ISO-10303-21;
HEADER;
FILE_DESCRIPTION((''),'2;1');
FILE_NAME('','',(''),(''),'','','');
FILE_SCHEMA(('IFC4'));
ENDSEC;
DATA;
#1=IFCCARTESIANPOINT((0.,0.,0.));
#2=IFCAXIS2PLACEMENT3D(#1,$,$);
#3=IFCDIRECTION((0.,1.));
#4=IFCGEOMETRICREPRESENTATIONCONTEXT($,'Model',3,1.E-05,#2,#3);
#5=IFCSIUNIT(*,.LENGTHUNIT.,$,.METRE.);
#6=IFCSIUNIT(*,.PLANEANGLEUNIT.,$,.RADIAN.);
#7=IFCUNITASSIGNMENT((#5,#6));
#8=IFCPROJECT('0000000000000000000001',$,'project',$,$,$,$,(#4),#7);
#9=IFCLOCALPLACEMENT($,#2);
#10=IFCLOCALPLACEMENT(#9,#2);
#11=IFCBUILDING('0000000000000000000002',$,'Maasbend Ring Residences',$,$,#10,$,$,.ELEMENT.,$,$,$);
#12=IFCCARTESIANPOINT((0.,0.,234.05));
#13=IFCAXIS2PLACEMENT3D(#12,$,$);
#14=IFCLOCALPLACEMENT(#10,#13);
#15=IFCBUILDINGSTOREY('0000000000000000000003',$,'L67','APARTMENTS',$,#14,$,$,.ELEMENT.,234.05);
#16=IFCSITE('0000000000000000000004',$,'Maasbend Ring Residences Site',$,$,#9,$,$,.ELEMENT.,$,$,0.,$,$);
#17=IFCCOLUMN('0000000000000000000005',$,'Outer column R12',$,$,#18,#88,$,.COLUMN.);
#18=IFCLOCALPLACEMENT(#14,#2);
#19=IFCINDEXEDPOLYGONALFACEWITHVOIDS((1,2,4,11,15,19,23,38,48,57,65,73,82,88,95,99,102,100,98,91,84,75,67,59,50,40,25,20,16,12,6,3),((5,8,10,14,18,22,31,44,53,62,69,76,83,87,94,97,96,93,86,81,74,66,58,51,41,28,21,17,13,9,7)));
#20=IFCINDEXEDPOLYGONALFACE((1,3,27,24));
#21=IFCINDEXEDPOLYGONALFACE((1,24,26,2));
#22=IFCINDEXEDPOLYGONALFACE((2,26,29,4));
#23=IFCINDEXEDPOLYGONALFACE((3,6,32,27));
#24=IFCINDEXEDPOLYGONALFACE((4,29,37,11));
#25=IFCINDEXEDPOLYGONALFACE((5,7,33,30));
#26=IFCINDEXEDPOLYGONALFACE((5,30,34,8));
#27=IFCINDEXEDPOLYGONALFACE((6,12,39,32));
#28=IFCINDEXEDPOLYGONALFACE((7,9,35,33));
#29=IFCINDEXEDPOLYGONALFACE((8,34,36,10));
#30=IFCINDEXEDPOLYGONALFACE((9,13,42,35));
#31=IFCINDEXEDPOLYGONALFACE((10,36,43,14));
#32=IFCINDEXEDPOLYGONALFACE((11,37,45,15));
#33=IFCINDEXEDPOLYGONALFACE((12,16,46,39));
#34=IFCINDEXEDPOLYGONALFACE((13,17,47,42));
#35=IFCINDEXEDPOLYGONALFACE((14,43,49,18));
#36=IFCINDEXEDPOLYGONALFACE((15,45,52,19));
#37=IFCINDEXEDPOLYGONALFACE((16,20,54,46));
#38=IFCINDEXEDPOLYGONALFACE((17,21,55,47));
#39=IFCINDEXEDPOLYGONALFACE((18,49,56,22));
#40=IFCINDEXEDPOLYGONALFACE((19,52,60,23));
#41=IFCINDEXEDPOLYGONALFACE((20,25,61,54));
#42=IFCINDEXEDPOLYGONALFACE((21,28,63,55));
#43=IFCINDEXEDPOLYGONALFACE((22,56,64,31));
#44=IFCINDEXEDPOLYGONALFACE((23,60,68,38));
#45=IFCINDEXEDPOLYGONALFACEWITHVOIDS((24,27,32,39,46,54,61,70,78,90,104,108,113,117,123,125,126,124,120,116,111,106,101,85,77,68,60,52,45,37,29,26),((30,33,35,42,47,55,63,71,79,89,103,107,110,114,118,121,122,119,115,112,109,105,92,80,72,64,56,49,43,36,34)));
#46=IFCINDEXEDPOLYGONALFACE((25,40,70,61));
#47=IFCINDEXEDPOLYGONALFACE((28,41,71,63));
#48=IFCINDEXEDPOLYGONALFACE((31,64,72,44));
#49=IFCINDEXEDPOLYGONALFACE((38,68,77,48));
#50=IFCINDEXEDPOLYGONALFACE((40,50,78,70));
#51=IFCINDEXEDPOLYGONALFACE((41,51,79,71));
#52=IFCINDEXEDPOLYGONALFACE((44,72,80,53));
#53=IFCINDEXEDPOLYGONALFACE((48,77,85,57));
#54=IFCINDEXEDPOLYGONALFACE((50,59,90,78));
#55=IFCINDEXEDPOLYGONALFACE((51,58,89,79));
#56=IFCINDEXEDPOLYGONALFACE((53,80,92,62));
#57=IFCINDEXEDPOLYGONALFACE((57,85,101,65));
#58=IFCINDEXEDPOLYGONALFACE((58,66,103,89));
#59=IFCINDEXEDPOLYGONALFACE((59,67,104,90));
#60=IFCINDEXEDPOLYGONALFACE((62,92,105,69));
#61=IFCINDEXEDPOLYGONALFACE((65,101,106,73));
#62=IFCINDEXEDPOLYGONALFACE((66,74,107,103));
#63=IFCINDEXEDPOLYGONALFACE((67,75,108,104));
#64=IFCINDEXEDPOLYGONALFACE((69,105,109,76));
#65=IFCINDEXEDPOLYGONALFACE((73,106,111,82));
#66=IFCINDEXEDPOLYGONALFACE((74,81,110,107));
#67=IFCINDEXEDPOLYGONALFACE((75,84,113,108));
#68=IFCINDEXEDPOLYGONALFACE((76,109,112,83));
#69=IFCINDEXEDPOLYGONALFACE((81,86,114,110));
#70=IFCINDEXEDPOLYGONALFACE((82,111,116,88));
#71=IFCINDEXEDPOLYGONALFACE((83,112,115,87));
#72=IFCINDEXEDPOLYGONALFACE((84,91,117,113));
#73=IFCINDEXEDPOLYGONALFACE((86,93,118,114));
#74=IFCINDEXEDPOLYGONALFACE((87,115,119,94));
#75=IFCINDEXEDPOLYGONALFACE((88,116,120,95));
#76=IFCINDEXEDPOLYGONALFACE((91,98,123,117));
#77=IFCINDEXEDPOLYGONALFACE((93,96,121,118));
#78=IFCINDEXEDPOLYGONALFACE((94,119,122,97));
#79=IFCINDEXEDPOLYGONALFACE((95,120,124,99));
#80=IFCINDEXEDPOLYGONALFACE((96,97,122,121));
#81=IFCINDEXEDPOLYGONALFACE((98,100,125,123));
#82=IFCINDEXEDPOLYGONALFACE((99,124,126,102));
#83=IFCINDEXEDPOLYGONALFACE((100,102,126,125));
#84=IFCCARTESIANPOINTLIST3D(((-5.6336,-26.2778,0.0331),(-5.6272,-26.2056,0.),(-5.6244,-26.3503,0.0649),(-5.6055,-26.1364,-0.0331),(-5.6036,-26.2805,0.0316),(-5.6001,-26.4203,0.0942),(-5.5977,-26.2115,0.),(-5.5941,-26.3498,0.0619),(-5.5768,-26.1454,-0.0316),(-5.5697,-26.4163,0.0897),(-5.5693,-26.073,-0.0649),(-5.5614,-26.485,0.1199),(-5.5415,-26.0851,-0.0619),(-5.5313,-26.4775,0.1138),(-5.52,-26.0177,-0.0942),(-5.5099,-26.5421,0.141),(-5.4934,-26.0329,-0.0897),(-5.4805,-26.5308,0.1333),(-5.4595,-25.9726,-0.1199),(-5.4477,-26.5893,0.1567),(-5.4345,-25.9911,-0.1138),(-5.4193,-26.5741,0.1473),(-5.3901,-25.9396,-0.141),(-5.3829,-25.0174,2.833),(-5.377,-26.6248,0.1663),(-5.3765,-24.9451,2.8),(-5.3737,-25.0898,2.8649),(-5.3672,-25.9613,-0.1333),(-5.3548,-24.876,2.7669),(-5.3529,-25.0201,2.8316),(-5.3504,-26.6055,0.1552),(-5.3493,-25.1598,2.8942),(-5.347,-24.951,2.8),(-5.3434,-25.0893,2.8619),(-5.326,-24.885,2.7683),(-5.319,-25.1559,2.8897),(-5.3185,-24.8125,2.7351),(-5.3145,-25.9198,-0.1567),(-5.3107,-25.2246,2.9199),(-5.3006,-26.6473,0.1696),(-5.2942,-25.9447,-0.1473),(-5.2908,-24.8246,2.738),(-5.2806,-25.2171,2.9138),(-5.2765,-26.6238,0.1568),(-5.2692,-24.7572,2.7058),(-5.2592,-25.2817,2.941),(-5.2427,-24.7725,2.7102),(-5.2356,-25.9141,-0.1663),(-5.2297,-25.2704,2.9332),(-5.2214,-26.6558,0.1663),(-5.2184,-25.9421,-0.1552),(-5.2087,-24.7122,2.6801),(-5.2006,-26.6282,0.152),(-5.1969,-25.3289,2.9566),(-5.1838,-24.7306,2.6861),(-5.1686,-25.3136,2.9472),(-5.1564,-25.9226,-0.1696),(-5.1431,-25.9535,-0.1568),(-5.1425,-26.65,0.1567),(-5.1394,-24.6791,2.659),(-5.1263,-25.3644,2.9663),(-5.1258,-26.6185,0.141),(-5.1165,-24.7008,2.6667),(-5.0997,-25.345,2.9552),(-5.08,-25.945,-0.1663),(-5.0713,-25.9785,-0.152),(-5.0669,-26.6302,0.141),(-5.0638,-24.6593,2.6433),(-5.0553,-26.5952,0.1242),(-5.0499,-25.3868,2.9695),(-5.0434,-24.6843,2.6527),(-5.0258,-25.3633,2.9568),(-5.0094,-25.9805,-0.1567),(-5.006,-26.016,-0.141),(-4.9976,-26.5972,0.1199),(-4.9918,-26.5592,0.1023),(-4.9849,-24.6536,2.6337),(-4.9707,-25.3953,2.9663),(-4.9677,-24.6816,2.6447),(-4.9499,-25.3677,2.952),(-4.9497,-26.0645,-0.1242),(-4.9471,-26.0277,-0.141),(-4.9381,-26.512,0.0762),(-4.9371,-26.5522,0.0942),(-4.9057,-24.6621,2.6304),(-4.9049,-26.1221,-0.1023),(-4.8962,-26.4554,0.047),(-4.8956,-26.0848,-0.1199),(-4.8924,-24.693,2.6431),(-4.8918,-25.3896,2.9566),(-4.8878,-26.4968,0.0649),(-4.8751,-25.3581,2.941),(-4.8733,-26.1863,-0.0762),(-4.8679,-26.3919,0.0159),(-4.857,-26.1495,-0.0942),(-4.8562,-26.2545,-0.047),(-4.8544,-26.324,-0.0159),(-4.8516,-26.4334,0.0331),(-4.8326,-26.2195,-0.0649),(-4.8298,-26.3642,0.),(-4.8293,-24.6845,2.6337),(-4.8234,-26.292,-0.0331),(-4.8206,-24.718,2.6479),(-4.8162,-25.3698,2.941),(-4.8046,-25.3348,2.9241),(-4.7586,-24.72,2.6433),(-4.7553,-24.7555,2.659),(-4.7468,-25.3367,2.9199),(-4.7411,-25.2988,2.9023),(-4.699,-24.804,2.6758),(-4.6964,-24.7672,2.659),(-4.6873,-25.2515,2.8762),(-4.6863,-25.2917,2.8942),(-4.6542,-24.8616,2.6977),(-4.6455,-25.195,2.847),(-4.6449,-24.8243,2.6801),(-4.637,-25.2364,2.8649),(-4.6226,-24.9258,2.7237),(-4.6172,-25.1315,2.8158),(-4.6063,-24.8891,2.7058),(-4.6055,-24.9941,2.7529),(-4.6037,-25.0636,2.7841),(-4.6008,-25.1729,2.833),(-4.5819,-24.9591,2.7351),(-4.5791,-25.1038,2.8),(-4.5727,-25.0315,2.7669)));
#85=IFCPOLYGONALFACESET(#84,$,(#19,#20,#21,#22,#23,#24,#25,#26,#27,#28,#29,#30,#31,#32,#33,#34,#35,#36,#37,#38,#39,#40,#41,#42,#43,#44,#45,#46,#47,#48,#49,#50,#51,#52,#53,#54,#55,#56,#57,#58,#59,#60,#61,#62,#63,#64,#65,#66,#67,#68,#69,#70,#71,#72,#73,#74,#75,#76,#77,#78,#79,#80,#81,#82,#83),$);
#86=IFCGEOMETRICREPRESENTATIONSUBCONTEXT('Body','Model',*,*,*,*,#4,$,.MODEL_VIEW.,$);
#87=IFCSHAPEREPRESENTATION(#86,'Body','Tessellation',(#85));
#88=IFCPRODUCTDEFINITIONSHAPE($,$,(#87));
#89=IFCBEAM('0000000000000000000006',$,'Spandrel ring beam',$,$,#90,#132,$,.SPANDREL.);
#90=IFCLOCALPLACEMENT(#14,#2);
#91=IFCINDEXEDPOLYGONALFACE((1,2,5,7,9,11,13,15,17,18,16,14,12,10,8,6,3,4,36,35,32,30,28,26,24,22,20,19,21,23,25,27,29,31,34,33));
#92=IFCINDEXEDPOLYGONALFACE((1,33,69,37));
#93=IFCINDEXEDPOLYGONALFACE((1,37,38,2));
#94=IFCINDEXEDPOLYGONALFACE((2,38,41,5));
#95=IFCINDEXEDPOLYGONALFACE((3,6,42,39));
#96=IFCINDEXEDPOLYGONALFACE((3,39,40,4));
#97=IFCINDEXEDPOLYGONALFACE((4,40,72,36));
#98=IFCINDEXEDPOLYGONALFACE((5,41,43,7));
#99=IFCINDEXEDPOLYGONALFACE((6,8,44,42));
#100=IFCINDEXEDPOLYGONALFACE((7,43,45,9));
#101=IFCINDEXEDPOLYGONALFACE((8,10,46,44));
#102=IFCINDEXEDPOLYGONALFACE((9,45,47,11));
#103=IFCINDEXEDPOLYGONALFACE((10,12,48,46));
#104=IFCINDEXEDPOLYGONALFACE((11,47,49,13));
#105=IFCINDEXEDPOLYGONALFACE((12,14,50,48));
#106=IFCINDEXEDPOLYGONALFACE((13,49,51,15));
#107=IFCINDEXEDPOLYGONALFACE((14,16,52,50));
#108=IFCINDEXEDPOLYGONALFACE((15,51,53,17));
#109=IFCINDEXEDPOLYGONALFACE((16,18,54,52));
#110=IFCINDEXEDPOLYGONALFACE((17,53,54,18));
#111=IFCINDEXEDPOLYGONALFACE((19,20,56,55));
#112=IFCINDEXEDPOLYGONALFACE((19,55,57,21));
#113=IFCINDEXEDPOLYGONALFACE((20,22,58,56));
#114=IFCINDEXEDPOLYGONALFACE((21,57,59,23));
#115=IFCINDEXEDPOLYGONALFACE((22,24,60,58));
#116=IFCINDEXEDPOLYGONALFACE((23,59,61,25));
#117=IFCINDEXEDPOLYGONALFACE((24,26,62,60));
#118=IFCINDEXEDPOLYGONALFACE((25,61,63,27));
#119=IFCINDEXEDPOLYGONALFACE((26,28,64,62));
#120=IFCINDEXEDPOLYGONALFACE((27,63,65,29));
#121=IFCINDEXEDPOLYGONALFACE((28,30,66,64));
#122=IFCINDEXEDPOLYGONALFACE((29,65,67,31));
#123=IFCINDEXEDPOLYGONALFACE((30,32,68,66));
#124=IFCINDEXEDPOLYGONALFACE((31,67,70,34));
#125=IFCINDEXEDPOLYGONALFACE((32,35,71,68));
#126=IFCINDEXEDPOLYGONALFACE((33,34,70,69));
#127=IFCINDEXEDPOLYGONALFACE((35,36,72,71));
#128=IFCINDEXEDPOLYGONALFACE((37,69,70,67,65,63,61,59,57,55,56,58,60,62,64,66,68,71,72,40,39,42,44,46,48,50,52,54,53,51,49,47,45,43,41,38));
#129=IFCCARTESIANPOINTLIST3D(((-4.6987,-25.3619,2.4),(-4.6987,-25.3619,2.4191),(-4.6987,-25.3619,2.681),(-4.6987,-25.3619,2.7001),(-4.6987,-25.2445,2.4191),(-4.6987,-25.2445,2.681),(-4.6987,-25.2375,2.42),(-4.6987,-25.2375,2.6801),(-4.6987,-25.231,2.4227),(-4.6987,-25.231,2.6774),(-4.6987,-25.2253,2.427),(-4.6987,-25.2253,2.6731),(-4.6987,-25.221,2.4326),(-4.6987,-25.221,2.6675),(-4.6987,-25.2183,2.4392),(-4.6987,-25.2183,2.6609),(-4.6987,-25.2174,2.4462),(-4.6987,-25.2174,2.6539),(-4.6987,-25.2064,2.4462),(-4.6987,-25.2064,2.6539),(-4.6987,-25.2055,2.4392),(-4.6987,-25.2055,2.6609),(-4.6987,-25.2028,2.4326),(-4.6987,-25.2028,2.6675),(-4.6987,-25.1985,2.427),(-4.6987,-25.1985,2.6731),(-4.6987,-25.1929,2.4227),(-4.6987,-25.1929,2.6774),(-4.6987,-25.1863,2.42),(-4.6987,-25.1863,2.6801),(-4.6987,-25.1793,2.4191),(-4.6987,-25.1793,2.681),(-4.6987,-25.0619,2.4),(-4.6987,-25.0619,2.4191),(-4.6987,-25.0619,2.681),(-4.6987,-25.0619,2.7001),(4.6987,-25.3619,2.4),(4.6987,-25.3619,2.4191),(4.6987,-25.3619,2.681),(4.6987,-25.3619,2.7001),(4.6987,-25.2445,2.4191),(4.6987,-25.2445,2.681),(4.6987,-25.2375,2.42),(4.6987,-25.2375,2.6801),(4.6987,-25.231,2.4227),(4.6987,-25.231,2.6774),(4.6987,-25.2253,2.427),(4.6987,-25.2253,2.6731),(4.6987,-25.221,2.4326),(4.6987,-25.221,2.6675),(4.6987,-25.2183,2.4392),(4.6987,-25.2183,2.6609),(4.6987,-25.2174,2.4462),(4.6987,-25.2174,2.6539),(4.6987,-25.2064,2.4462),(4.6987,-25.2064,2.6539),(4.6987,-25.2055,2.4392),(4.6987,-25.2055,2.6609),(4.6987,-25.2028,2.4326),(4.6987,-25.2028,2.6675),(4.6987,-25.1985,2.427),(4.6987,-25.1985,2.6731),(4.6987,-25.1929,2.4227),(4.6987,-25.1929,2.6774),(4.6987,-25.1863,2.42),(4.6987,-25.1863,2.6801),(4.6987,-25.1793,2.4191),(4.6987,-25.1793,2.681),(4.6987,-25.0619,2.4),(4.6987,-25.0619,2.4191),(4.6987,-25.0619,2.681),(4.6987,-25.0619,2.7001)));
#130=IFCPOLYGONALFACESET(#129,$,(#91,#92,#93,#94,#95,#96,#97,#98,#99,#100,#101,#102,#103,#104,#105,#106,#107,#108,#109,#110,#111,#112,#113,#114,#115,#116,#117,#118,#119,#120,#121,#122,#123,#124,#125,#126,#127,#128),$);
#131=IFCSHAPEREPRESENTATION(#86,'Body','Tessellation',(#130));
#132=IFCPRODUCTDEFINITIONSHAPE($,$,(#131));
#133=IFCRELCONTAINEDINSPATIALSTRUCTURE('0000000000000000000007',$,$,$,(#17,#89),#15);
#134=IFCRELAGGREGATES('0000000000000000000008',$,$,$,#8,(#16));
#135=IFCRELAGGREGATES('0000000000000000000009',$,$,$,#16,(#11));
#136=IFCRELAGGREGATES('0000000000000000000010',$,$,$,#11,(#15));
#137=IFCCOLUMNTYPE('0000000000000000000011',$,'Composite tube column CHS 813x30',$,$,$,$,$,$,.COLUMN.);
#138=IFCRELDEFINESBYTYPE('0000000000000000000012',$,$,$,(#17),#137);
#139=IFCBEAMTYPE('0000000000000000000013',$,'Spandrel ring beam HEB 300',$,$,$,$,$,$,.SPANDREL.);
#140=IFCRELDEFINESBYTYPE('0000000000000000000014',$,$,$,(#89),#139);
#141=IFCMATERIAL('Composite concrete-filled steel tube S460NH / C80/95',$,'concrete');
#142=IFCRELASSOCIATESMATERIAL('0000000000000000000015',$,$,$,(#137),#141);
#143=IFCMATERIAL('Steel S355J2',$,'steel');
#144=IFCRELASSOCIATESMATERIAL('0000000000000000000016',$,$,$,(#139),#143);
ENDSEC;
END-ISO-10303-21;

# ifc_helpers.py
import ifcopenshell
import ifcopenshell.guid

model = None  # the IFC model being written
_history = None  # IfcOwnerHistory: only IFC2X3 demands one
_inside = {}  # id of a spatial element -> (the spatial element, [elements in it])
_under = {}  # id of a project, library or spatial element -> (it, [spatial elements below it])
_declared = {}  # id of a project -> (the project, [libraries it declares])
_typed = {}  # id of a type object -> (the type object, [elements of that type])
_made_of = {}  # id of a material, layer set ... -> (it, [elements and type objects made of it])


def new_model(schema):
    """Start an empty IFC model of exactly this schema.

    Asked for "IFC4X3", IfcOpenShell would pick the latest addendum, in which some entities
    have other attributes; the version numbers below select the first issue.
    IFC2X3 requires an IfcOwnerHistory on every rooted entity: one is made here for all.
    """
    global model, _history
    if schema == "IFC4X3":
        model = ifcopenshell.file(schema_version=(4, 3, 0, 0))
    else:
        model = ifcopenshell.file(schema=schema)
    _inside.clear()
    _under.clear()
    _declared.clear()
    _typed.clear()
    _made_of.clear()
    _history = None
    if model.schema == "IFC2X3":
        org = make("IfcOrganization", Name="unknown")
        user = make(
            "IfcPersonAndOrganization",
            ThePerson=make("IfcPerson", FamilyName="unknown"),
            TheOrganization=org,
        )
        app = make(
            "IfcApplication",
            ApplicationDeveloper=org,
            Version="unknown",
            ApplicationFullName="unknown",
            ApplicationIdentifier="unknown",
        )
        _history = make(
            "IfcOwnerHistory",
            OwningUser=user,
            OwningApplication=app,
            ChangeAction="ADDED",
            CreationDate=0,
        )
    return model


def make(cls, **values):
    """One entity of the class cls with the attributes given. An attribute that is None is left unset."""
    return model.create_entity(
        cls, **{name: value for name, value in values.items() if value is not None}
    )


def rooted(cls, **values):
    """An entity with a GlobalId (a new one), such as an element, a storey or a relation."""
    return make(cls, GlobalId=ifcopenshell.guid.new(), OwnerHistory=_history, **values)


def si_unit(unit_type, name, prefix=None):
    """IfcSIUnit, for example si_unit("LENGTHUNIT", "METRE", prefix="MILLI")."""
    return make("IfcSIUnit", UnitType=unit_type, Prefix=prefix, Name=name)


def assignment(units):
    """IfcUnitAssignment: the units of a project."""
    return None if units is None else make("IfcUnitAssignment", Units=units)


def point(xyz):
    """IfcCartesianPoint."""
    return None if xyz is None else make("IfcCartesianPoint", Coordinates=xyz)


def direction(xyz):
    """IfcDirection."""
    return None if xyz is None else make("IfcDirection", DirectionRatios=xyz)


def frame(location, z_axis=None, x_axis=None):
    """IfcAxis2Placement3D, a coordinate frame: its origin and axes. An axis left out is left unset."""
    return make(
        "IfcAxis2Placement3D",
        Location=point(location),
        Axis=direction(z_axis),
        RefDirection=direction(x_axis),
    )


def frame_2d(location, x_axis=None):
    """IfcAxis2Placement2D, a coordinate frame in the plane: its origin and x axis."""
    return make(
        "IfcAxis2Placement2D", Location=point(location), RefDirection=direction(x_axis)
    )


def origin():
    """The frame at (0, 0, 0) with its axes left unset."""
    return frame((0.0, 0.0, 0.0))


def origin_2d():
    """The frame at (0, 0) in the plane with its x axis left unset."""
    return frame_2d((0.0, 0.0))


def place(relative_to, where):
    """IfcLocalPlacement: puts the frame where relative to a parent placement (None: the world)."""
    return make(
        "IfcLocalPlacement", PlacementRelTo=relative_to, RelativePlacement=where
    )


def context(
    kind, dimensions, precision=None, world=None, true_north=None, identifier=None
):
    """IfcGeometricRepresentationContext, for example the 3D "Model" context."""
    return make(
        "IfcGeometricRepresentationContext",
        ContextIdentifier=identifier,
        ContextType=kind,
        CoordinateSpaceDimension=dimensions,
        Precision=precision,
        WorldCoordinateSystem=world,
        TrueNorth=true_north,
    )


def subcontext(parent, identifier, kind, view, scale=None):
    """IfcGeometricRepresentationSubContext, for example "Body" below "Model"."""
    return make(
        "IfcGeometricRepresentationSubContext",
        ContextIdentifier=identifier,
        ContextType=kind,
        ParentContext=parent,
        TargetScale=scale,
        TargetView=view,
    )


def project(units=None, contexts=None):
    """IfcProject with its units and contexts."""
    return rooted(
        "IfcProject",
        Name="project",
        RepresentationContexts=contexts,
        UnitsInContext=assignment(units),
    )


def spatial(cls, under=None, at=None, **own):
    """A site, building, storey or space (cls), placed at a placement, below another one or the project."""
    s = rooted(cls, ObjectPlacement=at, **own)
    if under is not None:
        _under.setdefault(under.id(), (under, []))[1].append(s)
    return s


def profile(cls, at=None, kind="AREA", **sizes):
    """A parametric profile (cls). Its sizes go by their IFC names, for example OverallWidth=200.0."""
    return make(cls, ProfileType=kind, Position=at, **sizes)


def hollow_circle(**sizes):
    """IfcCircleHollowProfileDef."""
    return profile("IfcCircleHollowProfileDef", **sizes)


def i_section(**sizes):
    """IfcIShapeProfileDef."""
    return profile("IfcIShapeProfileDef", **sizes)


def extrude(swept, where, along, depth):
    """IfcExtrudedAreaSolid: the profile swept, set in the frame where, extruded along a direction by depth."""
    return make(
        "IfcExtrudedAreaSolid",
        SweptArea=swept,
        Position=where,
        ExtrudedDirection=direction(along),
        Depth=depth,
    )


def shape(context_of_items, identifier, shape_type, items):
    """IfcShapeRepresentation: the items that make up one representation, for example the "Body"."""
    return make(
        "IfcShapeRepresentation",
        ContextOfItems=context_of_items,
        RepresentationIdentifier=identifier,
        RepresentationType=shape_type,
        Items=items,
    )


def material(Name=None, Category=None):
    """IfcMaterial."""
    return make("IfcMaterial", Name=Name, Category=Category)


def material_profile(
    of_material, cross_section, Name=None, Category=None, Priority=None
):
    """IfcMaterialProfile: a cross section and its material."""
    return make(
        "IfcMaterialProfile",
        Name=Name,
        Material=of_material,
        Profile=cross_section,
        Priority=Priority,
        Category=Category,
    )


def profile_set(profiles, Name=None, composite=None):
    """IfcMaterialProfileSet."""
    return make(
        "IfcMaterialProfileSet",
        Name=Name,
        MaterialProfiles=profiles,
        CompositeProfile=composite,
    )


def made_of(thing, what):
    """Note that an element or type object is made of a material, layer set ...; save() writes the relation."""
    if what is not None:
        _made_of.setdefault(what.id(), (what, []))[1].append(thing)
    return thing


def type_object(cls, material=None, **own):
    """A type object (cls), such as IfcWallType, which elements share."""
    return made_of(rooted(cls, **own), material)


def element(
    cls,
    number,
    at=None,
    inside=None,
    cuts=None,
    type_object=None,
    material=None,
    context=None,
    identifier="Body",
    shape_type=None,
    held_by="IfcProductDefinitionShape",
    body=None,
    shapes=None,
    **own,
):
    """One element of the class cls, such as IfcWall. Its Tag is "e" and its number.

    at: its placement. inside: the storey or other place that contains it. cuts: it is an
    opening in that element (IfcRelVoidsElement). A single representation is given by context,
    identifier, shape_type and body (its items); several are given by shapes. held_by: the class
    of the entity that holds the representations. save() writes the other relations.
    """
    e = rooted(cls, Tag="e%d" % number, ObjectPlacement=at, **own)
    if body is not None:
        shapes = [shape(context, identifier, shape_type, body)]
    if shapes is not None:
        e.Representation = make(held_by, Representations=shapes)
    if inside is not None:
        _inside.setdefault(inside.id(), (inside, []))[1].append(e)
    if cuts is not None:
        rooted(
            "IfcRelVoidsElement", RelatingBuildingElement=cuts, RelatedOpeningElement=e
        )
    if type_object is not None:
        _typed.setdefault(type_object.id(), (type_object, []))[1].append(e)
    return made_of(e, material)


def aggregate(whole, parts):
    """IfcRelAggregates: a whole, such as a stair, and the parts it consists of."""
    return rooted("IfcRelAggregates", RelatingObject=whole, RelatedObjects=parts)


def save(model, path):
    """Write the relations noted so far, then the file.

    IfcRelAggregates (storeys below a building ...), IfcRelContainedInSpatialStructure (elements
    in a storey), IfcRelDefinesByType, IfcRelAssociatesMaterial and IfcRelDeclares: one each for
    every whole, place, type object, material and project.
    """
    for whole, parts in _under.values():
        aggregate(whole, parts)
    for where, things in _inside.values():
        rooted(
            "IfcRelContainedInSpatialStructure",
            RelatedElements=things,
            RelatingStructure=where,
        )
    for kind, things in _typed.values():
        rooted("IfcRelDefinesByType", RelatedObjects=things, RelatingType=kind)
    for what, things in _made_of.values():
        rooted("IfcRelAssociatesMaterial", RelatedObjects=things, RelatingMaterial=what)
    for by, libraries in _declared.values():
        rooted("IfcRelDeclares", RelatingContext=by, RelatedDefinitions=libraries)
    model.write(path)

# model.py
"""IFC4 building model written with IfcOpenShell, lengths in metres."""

from ifc_helpers import new_model, si_unit, direction, frame, origin, origin_2d, place, context, subcontext, project, spatial, hollow_circle, i_section, extrude, material, material_profile, profile_set, type_object, element, save


model = new_model("IFC4")

# Units and contexts
model_context = context("Model", 3, precision=1e-05, world=origin(), true_north=direction((0.0, 1.0)))
body_context = subcontext(model_context, "Body", "Model", "MODEL_VIEW")
ifc_project = project(units=[si_unit("LENGTHUNIT", "METRE"), si_unit("PLANEANGLEUNIT", "RADIAN")], contexts=[model_context])

# Site, building, storey
site_placement = place(None, origin())
site = spatial("IfcSite", under=ifc_project, at=site_placement, Name="Maasbend Ring Residences Site", CompositionType="ELEMENT", RefElevation=0.0)
building_placement = place(site_placement, origin())
building = spatial("IfcBuilding", under=site, at=building_placement, Name="Maasbend Ring Residences", CompositionType="ELEMENT")
storey_placement = place(building_placement, frame((0.0, 0.0, 234.05)))
storey = spatial("IfcBuildingStorey", under=building, at=storey_placement, Name="L67", Description="APARTMENTS", CompositionType="ELEMENT", Elevation=234.05)

# Column
ifc_material_1 = material(Name="Composite concrete-filled steel tube S460NH / C80/95", Category="concrete")
ifc_material_profile_1 = material_profile(ifc_material_1, hollow_circle(Radius=0.4065, WallThickness=0.03, at=origin_2d()), Name="Composite tube column CHS 813x30")
ifc_profile_set_1 = profile_set([ifc_material_profile_1], Name="Composite concrete-filled steel tube S460NH / C80/95")
column_type = type_object("IfcColumnType", Name="Composite tube column CHS 813x30", PredefinedType="COLUMN", material=ifc_profile_set_1)
column_placement = place(storey_placement, frame((-5.2285, -26.2849, 0.0), z_axis=(0.081383, 0.409132, 0.908839), x_axis=(-0.980785, 0.195093, 0.0)))
element("IfcColumn", 1, at=column_placement, inside=storey, type_object=column_type, Name="Outer column R12", PredefinedType="COLUMN", context=body_context, shape_type="SweptSolid", body=[
    extrude(hollow_circle(Radius=0.4065, WallThickness=0.03, at=origin_2d()), origin(), (0.0, 0.0, 1.0), 3.0808),
])

# Beam
ifc_material_2 = material(Name="Steel S355J2", Category="steel")
ifc_material_profile_2 = material_profile(ifc_material_2, i_section(OverallWidth=0.3, OverallDepth=0.3, WebThickness=0.011, FlangeThickness=0.019, FilletRadius=0.0271, at=origin_2d()), Name="HEB 300")
ifc_profile_set_2 = profile_set([ifc_material_profile_2], Name="Steel S355J2")
beam_type = type_object("IfcBeamType", Name="Spandrel ring beam HEB 300", PredefinedType="SPANDREL", material=ifc_profile_set_2)
beam_placement = place(storey_placement, frame((-4.6987, -25.2119, 2.55), z_axis=(1.0, 0.0, 0.0), x_axis=(0.0, 1.0, 0.0)))
element("IfcBeam", 2, at=beam_placement, inside=storey, type_object=beam_type, Name="Spandrel ring beam", PredefinedType="SPANDREL", context=body_context, shape_type="SweptSolid", body=[
    extrude(i_section(OverallWidth=0.3, OverallDepth=0.3, WebThickness=0.011, FlangeThickness=0.019, FilletRadius=0.0271, at=origin_2d()), origin(), (0.0, 0.0, 1.0), 9.3975),
])

save(model, "model.ifc")
